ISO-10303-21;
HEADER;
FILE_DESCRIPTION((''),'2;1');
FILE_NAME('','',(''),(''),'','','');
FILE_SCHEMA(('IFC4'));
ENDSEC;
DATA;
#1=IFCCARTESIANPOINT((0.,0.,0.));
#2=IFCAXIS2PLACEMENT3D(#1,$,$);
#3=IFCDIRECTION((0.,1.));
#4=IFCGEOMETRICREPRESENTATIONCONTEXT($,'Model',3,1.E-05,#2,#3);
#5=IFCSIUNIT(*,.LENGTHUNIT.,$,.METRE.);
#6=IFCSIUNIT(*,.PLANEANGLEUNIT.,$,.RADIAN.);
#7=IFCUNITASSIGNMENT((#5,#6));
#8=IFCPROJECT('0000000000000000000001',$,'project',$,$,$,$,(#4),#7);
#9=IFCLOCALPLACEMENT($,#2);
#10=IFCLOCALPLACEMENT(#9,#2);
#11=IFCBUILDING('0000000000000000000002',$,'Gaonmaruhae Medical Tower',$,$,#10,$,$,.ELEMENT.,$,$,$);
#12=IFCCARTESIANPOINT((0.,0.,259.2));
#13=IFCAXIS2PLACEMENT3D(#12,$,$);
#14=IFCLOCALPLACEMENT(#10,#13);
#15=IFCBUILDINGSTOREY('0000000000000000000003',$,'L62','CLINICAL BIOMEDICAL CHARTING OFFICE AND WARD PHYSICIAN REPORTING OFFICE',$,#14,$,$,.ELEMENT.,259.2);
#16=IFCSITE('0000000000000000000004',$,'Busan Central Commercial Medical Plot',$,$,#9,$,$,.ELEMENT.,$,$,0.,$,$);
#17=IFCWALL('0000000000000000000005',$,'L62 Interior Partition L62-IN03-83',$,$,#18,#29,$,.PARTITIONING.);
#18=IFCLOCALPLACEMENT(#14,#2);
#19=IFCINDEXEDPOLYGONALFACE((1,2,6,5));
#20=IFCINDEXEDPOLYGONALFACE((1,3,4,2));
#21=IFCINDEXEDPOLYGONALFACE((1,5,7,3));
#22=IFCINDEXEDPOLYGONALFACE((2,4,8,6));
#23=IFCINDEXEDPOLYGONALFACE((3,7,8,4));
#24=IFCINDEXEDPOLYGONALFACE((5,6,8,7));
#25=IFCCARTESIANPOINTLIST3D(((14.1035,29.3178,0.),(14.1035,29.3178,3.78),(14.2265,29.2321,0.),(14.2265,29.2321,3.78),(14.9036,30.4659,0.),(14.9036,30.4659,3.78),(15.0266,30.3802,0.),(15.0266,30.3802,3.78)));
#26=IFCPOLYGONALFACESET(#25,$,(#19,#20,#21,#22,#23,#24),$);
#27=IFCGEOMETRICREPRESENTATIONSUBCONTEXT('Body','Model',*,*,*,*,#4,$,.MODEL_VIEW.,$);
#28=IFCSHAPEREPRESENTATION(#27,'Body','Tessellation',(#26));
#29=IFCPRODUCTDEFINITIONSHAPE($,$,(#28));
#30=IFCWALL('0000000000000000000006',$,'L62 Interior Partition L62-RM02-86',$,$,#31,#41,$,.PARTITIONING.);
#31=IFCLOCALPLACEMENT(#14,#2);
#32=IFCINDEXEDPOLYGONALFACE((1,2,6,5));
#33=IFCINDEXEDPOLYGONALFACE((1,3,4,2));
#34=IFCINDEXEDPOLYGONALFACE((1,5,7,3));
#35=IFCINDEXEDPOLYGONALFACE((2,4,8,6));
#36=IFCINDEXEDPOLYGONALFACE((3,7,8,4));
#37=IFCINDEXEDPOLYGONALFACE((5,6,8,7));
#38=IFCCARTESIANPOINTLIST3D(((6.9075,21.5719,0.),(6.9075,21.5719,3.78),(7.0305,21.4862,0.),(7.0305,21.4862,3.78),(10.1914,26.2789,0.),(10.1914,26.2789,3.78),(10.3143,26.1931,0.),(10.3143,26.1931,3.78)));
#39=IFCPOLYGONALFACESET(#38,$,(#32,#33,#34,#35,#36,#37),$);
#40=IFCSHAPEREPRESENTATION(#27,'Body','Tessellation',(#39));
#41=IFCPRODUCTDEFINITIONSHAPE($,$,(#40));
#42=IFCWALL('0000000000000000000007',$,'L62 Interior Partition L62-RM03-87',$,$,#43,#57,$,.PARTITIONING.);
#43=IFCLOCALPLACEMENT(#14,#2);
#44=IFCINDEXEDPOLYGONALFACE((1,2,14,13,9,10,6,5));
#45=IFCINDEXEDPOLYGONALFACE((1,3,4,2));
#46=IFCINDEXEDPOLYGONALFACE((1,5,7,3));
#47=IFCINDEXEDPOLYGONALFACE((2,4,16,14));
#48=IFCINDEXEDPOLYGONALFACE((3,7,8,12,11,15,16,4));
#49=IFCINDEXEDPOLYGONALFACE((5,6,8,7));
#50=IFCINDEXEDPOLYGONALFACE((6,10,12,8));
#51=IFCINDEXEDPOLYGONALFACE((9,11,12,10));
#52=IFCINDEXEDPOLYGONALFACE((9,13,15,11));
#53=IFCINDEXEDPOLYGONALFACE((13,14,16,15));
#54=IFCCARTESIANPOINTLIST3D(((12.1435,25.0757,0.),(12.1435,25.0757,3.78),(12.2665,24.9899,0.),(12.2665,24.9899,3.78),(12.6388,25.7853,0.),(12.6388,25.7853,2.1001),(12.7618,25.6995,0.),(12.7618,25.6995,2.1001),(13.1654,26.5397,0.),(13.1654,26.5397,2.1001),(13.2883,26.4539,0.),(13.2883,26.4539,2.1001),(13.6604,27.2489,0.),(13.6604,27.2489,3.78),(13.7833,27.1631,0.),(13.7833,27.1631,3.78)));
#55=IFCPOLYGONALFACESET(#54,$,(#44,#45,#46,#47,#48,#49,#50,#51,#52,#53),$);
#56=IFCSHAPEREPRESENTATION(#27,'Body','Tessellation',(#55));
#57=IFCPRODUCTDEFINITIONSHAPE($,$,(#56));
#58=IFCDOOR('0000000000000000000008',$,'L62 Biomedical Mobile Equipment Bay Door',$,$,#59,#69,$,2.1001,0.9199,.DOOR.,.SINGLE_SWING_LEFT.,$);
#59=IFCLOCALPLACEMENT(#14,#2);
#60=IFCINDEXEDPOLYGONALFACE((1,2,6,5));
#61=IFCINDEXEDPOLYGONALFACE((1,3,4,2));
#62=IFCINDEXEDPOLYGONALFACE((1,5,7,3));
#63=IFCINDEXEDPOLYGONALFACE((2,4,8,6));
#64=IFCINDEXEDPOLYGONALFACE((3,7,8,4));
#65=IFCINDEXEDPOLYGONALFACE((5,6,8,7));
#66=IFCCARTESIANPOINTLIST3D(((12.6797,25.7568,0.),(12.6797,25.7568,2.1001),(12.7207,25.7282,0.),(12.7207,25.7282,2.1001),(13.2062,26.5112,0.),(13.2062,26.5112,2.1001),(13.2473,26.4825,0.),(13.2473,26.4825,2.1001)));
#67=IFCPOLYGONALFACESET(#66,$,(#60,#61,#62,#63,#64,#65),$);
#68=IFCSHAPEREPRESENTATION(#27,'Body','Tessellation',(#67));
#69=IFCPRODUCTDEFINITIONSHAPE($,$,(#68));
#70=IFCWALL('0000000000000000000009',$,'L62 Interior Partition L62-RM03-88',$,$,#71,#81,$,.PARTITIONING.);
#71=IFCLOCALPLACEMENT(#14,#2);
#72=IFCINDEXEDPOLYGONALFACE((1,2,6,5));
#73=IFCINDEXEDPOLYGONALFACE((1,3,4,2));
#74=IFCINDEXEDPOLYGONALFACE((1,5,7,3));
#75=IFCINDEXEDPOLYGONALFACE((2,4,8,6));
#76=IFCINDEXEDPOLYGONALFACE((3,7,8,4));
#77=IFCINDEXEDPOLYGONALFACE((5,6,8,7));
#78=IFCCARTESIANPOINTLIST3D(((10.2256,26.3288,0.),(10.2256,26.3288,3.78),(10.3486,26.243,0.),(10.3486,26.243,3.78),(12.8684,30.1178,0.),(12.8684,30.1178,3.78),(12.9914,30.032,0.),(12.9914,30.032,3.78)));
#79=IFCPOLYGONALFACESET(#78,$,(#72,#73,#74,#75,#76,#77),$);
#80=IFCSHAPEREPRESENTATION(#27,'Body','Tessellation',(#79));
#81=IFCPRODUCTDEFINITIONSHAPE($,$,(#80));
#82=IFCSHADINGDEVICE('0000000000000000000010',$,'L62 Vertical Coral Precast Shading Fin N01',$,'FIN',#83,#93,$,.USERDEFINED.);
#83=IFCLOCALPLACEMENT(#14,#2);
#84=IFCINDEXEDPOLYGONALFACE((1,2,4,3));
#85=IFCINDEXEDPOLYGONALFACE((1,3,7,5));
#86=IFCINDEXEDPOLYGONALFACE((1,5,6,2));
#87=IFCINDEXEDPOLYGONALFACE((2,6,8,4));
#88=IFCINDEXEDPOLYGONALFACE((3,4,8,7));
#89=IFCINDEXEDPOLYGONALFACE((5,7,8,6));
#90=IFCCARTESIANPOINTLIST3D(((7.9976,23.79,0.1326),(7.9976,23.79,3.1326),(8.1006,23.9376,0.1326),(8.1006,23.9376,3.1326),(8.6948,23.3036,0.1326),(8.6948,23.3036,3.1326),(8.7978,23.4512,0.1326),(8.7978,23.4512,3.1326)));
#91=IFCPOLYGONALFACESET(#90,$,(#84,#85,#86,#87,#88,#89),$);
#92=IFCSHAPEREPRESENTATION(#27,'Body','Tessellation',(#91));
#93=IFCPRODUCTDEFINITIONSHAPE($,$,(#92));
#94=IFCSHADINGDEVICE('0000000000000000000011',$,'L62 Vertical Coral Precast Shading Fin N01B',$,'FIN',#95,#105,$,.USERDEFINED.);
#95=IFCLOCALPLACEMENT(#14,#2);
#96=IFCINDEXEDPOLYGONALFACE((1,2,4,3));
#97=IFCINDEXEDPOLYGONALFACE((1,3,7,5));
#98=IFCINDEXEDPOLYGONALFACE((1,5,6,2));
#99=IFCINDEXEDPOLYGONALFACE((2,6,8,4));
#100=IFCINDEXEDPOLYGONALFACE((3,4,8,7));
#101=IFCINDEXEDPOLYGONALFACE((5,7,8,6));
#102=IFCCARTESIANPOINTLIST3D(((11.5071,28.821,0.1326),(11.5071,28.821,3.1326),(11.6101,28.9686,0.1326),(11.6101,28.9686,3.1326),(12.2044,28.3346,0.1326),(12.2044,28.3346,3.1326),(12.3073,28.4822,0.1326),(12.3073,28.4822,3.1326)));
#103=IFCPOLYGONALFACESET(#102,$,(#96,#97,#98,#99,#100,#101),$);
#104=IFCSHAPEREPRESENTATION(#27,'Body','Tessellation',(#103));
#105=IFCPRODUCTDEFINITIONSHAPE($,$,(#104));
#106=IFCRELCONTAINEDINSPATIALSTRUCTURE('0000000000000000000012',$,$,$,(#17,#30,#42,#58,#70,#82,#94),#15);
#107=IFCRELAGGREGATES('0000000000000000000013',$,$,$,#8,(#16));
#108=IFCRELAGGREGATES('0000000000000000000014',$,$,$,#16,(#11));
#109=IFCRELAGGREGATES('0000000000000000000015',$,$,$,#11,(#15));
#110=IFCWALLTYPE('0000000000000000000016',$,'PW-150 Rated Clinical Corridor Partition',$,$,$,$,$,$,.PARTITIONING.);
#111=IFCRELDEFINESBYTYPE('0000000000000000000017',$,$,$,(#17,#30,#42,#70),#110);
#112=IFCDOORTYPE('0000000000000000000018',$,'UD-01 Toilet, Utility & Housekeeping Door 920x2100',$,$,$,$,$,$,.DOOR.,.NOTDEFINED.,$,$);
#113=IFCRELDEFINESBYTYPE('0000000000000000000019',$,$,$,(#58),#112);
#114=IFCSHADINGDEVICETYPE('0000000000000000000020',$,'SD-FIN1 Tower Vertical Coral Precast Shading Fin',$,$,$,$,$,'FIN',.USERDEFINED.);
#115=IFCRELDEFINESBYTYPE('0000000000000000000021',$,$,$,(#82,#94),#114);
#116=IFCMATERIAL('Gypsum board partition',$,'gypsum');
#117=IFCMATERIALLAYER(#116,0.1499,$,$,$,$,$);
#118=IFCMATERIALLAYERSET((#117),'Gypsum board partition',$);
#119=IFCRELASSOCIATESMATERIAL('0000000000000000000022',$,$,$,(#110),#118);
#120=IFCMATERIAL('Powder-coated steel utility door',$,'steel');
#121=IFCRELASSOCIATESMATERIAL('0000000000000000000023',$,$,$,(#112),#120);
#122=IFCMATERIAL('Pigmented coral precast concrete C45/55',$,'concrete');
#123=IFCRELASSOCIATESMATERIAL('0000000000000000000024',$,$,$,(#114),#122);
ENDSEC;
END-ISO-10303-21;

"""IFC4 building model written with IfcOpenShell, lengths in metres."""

from ifc_helpers import new_model, si_unit, direction, frame, frame_2d, origin, origin_2d, place, context, subcontext, project, spatial, rectangle, extrude, material, layer, layer_set, type_object, element, fill, save


model = new_model("IFC4")

# Units and contexts
model_context = context("Model", 3, precision=1e-05, world=origin(), true_north=direction((0.0, 1.0)))
body_context = subcontext(model_context, "Body", "Model", "MODEL_VIEW")
ifc_project = project(units=[si_unit("LENGTHUNIT", "METRE"), si_unit("PLANEANGLEUNIT", "RADIAN")], contexts=[model_context])

# Site, building, storey
site_placement = place(None, origin())
site = spatial("IfcSite", under=ifc_project, at=site_placement, Name="Busan Central Commercial Medical Plot", CompositionType="ELEMENT", RefElevation=0.0)
building_placement = place(site_placement, origin())
building = spatial("IfcBuilding", under=site, at=building_placement, Name="Gaonmaruhae Medical Tower", CompositionType="ELEMENT")
storey_placement = place(building_placement, frame((0.0, 0.0, 259.2)))
storey = spatial("IfcBuildingStorey", under=building, at=storey_placement, Name="L62", Description="CLINICAL BIOMEDICAL CHARTING OFFICE AND WARD PHYSICIAN REPORTING OFFICE", CompositionType="ELEMENT", Elevation=259.2)

# Shared definitions
ifc_material_1 = material(Name="Gypsum board partition", Category="gypsum")
ifc_layer_1 = layer(ifc_material_1, 0.1499)
ifc_layer_set_1 = layer_set([ifc_layer_1], Name="Gypsum board partition")
wall_type_1 = type_object("IfcWallType", Name="PW-150 Rated Clinical Corridor Partition", PredefinedType="PARTITIONING", material=ifc_layer_set_1)

# Wall
wall_1_placement = place(storey_placement, frame((14.165, 29.2749, 0.0), z_axis=(0.0, 0.0, 1.0), x_axis=(0.571693, 0.820468, 0.0)))
element("IfcWall", 1, at=wall_1_placement, inside=storey, type_object=wall_type_1, Name="L62 Interior Partition L62-IN03-83", PredefinedType="PARTITIONING", context=body_context, shape_type="SweptSolid", body=[
    extrude(rectangle(XDim=1.3994, YDim=0.1499, at=frame_2d((0.6997, 0.0))), origin(), (0.0, 0.0, 1.0), 3.78),
])

# Wall
wall_2_placement = place(storey_placement, frame((6.969, 21.5291, 0.0), z_axis=(0.0, 0.0, 1.0), x_axis=(0.572177, 0.82013, 0.0)))
element("IfcWall", 2, at=wall_2_placement, inside=storey, type_object=wall_type_1, Name="L62 Interior Partition L62-RM02-86", PredefinedType="PARTITIONING", context=body_context, shape_type="SweptSolid", body=[
    extrude(rectangle(XDim=5.7393, YDim=0.1499, at=frame_2d((2.8696, 0.0))), origin(), (0.0, 0.0, 1.0), 3.78),
])

# Wall, opening, door
wall_3_placement = place(storey_placement, frame((13.7219, 27.2061, 0.0), z_axis=(0.0, 0.0, 1.0), x_axis=(-0.572367, -0.819997, 0.0)))
wall_3 = element("IfcWall", 3, at=wall_3_placement, inside=storey, type_object=wall_type_1, Name="L62 Interior Partition L62-RM03-87", PredefinedType="PARTITIONING", context=body_context, shape_type="SweptSolid", body=[
    extrude(rectangle(XDim=2.6501, YDim=0.1499, at=frame_2d((1.3252, 0.0))), origin(), (0.0, 0.0, 1.0), 3.78),
])
opening_1_placement = place(wall_3_placement, frame((0.865, 0.0, 0.0)))
opening_1 = element("IfcOpeningElement", 4, at=opening_1_placement, cuts=wall_3, PredefinedType="OPENING", context=body_context, shape_type="SweptSolid", body=[
    extrude(rectangle(XDim=0.9199, YDim=2.1001, at=frame_2d((0.46, 1.05))), frame((0.0, 0.085, 0.0), z_axis=(0.0, -1.0, 0.0), x_axis=(1.0, 0.0, 0.0)), (0.0, 0.0, 1.0), 0.1699),
])
ifc_material_2 = material(Name="Powder-coated steel utility door", Category="steel")
door_type_1 = type_object("IfcDoorType", Name="UD-01 Toilet, Utility & Housekeeping Door 920x2100", OperationType="NOTDEFINED", PredefinedType="DOOR", material=ifc_material_2)
door_1_placement = place(opening_1_placement, origin())
door_1 = element("IfcDoor", 5, at=door_1_placement, inside=storey, type_object=door_type_1, Name="L62 Biomedical Mobile Equipment Bay Door", OperationType="SINGLE_SWING_LEFT", OverallHeight=2.1001, OverallWidth=0.9199, PredefinedType="DOOR", context=body_context, shape_type="SweptSolid", body=[
    extrude(rectangle(XDim=0.9199, YDim=2.1001, at=frame_2d((0.46, 1.05))), frame((0.0, 0.0249, 0.0), z_axis=(0.0, -1.0, 0.0), x_axis=(1.0, 0.0, 0.0)), (0.0, 0.0, 1.0), 0.05),
])
fill(opening_1, door_1)

# Wall
wall_4_placement = place(storey_placement, frame((10.2871, 26.2859, 0.0), z_axis=(0.0, 0.0, 1.0), x_axis=(0.572078, 0.820199, 0.0)))
element("IfcWall", 6, at=wall_4_placement, inside=storey, type_object=wall_type_1, Name="L62 Interior Partition L62-RM03-88", PredefinedType="PARTITIONING", context=body_context, shape_type="SweptSolid", body=[
    extrude(rectangle(XDim=4.6196, YDim=0.1499, at=frame_2d((2.3098, 0.0))), origin(), (0.0, 0.0, 1.0), 3.78),
])

# Shading devices
ifc_material_3 = material(Name="Pigmented coral precast concrete C45/55", Category="concrete")
shading_device_type = type_object("IfcShadingDeviceType", Name="SD-FIN1 Tower Vertical Coral Precast Shading Fin", ElementType="FIN", PredefinedType="USERDEFINED", material=ifc_material_3)
for number, where, z_axis, x_axis, name in (
    (7, (8.3977, 23.6206, 0.1326), (0.0, 0.0, 1.0), (0.572146, 0.820152, 0.0), "L62 Vertical Coral Precast Shading Fin N01"),
    (8, (11.9072, 28.6516, 0.1326), (0.0, 0.0, 1.0), (0.572146, 0.820152, 0.0), "L62 Vertical Coral Precast Shading Fin N01B"),
):
    element("IfcShadingDevice", number, at=place(storey_placement, frame(where, z_axis=z_axis, x_axis=x_axis)), inside=storey, type_object=shading_device_type, Name=name, ObjectType="FIN", PredefinedType="USERDEFINED", context=body_context, shape_type="SweptSolid", body=[
        extrude(rectangle(XDim=0.1799, YDim=0.8501, at=origin_2d()), origin(), (0.0, 0.0, 1.0), 3.0),
    ])

save(model, "model.ifc")
